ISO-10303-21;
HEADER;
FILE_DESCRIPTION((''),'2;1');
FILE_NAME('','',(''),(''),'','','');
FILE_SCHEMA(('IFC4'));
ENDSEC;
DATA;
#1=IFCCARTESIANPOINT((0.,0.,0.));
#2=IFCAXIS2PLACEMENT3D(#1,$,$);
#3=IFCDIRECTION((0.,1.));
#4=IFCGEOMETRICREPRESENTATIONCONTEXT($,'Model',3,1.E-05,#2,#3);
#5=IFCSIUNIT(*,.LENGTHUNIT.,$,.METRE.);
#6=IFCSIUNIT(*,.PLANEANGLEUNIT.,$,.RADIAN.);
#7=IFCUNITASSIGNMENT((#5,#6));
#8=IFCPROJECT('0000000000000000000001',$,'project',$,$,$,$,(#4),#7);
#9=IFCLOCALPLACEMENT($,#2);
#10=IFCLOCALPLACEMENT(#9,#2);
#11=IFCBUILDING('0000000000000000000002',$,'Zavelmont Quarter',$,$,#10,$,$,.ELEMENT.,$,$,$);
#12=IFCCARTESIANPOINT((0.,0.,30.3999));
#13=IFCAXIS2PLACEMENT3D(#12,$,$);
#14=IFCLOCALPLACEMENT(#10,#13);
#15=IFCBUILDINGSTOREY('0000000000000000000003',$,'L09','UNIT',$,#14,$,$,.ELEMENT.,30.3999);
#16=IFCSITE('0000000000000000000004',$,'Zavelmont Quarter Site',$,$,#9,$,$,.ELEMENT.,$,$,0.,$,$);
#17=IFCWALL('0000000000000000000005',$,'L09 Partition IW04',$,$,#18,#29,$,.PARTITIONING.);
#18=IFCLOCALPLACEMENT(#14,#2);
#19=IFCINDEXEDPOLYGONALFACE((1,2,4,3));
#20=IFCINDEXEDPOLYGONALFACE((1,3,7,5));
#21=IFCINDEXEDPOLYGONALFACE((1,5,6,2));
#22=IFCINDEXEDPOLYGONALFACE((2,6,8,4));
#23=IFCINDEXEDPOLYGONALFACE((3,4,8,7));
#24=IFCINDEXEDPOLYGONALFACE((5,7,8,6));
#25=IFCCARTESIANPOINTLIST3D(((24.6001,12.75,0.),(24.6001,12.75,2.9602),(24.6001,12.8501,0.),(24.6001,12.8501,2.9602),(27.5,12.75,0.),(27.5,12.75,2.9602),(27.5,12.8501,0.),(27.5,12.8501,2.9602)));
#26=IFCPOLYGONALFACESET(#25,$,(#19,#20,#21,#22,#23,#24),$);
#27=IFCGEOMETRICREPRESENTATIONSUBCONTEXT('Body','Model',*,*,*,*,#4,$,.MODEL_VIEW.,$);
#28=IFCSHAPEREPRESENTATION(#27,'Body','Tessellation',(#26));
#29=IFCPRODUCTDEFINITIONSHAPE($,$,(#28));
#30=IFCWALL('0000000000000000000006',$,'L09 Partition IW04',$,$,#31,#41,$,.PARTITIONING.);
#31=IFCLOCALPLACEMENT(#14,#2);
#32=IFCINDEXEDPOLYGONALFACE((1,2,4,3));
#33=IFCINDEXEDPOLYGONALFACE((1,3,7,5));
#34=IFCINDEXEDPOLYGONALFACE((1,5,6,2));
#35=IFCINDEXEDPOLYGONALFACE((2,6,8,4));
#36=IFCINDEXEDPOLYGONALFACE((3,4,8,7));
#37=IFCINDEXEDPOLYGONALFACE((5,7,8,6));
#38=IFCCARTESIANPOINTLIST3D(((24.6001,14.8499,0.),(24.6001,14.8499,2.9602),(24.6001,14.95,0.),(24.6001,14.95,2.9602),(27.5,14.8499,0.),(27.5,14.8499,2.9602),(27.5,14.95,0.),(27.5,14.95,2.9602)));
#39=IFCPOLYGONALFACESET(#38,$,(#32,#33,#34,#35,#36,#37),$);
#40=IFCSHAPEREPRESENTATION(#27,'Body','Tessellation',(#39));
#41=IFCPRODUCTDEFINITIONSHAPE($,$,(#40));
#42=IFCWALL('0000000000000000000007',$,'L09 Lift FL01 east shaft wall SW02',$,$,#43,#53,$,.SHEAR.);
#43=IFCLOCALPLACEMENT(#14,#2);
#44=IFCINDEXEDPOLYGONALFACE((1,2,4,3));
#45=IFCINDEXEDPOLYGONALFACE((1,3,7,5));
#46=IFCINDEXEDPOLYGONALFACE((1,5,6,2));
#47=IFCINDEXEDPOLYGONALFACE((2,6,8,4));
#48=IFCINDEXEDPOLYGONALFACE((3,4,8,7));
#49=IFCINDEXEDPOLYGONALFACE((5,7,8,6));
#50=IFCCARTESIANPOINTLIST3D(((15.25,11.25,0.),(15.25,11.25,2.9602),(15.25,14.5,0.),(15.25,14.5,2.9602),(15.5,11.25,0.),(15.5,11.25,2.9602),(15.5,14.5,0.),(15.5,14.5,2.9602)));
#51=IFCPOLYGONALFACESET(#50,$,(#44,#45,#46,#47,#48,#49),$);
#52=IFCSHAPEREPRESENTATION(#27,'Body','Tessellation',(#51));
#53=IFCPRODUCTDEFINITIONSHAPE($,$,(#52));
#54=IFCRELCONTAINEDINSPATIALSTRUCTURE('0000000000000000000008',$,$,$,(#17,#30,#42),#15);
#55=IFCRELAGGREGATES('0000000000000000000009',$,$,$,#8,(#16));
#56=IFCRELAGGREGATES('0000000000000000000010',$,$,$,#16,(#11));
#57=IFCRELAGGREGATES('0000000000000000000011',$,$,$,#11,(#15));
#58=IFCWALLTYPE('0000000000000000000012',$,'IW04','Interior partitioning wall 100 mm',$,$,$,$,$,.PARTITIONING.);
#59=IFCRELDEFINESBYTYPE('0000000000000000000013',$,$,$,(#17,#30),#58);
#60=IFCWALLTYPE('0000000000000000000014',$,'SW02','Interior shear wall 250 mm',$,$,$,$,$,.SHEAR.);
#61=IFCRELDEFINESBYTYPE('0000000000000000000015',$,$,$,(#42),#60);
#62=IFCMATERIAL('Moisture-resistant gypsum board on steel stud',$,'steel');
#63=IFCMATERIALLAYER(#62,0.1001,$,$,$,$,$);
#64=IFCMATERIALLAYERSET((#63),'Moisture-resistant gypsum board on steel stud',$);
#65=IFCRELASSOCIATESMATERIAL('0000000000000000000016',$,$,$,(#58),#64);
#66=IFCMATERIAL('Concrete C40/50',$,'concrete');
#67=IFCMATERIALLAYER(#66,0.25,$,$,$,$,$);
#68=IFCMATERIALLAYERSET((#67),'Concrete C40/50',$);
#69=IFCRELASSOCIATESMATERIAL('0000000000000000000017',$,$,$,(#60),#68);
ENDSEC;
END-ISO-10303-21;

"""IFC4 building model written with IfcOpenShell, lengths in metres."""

from ifc_helpers import new_model, si_unit, direction, frame, frame_2d, origin, place, context, subcontext, project, spatial, rectangle, extrude, material, layer, layer_set, type_object, element, save


model = new_model("IFC4")

# Units and contexts
model_context = context("Model", 3, precision=1e-05, world=origin(), true_north=direction((0.0, 1.0)))
body_context = subcontext(model_context, "Body", "Model", "MODEL_VIEW")
ifc_project = project(units=[si_unit("LENGTHUNIT", "METRE"), si_unit("PLANEANGLEUNIT", "RADIAN")], contexts=[model_context])

# Site, building, storey
site_placement = place(None, origin())
site = spatial("IfcSite", under=ifc_project, at=site_placement, Name="Zavelmont Quarter Site", CompositionType="ELEMENT", RefElevation=0.0)
building_placement = place(site_placement, origin())
building = spatial("IfcBuilding", under=site, at=building_placement, Name="Zavelmont Quarter", CompositionType="ELEMENT")
storey_placement = place(building_placement, frame((0.0, 0.0, 30.3999)))
storey = spatial("IfcBuildingStorey", under=building, at=storey_placement, Name="L09", Description="UNIT", CompositionType="ELEMENT", Elevation=30.3999)

# Shared definitions
ifc_material_1 = material(Name="Concrete C40/50", Category="concrete")

# Walls
ifc_material_2 = material(Name="Moisture-resistant gypsum board on steel stud", Category="steel")
ifc_layer_1 = layer(ifc_material_2, 0.1001)
ifc_layer_set_1 = layer_set([ifc_layer_1], Name="Moisture-resistant gypsum board on steel stud")
wall_type_1 = type_object("IfcWallType", Name="IW04", Description="Interior partitioning wall 100 mm", PredefinedType="PARTITIONING", material=ifc_layer_set_1)
for number, where, z_axis, x_axis, name in (
    (1, (24.6001, 12.8, 0.0), (0.0, 0.0, 1.0), (1.0, 0.0, 0.0), "L09 Partition IW04"),
    (2, (24.6001, 14.8999, 0.0), (0.0, 0.0, 1.0), (1.0, 0.0, 0.0), "L09 Partition IW04"),
):
    element("IfcWall", number, at=place(storey_placement, frame(where, z_axis=z_axis, x_axis=x_axis)), inside=storey, type_object=wall_type_1, Name=name, PredefinedType="PARTITIONING", context=body_context, shape_type="SweptSolid", body=[
        extrude(rectangle(XDim=2.8999, YDim=0.1001, at=frame_2d((1.45, 0.0))), origin(), (0.0, 0.0, 1.0), 2.9602),
    ])
ifc_layer_2 = layer(ifc_material_1, 0.25)
ifc_layer_set_2 = layer_set([ifc_layer_2], Name="Concrete C40/50")
wall_type_2 = type_object("IfcWallType", Name="SW02", Description="Interior shear wall 250 mm", PredefinedType="SHEAR", material=ifc_layer_set_2)
wall_1_placement = place(storey_placement, frame((15.375, 11.25, 0.0), z_axis=(0.0, 0.0, 1.0), x_axis=(0.0, 1.0, 0.0)))
element("IfcWall", 3, at=wall_1_placement, inside=storey, type_object=wall_type_2, Name="L09 Lift FL01 east shaft wall SW02", PredefinedType="SHEAR", context=body_context, shape_type="SweptSolid", body=[
    extrude(rectangle(XDim=3.25, YDim=0.25, at=frame_2d((1.625, 0.0))), origin(), (0.0, 0.0, 1.0), 2.9602),
])

save(model, "model.ifc")
